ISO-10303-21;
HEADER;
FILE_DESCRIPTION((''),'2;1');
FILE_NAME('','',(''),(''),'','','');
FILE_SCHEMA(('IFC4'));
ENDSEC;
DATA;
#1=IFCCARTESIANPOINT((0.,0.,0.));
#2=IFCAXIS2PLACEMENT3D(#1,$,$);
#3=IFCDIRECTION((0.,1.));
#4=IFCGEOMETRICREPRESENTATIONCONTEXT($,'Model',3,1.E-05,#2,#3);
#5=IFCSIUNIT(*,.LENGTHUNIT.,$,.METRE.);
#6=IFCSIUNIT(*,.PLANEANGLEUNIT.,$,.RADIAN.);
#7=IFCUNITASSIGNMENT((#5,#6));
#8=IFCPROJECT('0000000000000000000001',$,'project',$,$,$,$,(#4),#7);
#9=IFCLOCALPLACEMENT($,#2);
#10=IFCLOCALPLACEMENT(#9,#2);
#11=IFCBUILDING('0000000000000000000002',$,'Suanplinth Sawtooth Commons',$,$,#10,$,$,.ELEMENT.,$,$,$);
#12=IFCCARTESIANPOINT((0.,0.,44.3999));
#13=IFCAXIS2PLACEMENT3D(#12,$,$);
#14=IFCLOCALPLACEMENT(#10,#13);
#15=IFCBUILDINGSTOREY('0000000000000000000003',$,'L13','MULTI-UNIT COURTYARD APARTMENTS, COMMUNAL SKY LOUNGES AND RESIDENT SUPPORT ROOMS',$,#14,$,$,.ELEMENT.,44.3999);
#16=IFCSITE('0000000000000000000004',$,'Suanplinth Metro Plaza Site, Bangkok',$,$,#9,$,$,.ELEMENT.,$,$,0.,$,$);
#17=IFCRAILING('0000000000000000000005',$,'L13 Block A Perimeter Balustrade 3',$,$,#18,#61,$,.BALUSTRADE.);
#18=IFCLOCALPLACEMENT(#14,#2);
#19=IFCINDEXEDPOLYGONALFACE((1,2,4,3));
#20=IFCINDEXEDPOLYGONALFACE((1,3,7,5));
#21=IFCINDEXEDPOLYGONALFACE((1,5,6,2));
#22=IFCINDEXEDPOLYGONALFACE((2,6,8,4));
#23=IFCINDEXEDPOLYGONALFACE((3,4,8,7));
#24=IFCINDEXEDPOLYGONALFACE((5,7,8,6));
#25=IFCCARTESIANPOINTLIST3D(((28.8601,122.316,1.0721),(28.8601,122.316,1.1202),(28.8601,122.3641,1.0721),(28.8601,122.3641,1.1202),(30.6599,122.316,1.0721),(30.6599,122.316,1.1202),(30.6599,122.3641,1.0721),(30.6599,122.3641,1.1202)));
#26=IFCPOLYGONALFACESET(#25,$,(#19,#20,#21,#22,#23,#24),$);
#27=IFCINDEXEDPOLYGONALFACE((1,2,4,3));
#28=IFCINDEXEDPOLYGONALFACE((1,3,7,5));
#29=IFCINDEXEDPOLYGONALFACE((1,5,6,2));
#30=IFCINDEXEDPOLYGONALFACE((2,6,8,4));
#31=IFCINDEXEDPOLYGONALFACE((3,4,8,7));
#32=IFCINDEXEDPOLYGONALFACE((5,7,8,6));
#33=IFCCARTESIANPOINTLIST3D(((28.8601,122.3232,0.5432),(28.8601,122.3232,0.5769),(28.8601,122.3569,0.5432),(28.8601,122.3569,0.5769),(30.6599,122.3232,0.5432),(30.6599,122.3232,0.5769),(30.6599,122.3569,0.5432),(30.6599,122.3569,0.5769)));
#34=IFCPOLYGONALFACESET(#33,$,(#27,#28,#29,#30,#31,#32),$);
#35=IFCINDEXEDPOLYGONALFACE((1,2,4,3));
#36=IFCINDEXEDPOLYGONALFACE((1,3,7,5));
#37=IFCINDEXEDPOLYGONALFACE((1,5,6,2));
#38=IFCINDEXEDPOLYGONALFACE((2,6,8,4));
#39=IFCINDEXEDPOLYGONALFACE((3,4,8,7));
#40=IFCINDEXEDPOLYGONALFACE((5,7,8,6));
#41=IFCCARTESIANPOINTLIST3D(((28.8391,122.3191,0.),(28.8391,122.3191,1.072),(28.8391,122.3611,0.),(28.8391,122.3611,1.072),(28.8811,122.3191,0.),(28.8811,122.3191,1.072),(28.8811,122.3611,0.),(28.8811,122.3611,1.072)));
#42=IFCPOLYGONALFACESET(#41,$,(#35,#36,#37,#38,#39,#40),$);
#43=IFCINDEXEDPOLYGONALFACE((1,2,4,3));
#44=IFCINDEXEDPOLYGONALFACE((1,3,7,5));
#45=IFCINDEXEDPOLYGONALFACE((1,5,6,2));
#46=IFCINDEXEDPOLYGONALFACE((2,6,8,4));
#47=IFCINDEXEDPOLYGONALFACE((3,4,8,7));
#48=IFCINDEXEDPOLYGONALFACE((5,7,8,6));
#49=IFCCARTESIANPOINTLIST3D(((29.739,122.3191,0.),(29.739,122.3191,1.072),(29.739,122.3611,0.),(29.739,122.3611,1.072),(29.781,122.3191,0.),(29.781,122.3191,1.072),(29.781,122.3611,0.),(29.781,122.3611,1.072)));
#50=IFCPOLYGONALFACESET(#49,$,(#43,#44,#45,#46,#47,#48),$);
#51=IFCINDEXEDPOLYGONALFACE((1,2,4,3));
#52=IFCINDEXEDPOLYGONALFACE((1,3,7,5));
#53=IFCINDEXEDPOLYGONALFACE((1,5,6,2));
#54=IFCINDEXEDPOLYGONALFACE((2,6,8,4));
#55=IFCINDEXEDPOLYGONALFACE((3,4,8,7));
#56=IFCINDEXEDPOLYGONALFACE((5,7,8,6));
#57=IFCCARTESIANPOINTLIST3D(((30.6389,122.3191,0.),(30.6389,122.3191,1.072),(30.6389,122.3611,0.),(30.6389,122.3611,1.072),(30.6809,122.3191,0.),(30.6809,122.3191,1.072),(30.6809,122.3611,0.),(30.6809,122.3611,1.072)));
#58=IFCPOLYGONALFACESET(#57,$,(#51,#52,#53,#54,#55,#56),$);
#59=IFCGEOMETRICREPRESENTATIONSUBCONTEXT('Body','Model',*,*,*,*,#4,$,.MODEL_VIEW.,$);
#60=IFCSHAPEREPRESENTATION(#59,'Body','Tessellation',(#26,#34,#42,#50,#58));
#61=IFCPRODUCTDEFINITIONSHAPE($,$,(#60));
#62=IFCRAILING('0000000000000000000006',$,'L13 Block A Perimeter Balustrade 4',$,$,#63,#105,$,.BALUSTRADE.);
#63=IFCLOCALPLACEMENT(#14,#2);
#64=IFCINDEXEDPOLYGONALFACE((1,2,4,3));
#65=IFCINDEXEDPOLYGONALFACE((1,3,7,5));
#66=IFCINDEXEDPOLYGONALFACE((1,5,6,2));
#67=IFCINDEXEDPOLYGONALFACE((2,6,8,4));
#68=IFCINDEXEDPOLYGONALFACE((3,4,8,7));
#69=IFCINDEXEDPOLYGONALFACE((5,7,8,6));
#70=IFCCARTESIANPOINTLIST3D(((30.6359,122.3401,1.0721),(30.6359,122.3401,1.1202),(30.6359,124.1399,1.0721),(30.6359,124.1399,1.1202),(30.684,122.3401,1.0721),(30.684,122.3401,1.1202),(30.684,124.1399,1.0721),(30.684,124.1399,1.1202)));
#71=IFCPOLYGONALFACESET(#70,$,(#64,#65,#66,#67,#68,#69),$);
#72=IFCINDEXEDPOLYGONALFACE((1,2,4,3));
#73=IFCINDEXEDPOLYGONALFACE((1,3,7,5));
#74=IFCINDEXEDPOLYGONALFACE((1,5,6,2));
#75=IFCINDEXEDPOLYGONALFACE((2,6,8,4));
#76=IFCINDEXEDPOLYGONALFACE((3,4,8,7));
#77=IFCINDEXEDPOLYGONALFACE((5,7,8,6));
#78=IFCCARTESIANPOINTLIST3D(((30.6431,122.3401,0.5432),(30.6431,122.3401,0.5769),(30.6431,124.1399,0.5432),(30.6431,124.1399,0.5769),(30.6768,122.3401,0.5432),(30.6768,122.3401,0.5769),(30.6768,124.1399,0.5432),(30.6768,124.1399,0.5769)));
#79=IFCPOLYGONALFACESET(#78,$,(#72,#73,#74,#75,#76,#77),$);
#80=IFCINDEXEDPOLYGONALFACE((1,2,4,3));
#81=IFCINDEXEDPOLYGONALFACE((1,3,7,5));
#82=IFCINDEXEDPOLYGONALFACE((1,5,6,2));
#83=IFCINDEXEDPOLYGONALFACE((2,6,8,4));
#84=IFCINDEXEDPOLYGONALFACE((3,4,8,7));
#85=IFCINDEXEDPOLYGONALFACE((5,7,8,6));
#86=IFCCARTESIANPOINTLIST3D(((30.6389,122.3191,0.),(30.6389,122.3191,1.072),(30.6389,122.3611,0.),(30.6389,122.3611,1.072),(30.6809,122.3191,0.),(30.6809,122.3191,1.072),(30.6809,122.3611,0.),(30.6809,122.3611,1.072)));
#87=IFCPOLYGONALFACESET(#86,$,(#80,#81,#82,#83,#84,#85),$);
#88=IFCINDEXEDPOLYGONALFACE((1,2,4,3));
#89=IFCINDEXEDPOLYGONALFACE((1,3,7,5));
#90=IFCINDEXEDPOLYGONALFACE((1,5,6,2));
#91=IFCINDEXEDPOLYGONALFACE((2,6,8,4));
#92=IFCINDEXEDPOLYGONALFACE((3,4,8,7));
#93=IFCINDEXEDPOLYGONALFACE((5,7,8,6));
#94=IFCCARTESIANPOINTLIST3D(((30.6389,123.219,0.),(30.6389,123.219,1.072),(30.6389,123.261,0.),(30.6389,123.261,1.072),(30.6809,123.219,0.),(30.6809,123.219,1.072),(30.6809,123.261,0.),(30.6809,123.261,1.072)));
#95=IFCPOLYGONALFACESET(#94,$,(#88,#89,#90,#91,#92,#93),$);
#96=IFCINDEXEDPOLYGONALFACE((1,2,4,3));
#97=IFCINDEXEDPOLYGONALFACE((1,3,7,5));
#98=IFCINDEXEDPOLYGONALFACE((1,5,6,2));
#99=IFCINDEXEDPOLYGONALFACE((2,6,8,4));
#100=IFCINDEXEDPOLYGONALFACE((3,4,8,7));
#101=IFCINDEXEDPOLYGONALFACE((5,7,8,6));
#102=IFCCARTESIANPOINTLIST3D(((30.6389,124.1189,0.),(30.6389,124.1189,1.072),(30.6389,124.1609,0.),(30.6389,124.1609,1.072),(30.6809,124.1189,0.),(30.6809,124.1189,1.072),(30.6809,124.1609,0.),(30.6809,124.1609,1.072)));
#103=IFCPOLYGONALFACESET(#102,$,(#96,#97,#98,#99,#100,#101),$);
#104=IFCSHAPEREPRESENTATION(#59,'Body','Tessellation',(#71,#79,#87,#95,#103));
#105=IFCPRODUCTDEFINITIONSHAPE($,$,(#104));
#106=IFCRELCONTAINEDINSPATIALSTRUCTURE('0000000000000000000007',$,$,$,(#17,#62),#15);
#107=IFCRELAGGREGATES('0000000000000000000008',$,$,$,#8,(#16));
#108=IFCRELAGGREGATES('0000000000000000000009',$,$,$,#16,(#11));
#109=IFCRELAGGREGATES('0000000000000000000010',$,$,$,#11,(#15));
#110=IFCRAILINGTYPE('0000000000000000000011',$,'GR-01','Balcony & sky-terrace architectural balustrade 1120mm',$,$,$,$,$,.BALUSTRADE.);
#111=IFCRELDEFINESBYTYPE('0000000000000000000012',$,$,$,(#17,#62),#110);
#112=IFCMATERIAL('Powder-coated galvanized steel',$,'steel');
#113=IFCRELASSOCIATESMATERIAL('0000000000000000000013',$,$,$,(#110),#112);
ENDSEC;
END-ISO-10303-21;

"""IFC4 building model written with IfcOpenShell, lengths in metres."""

from ifc_helpers import new_model, si_unit, direction, frame, origin, origin_2d, place, context, subcontext, project, spatial, rectangle, extrude, material, type_object, element, save


model = new_model("IFC4")

# Units and contexts
model_context = context("Model", 3, precision=1e-05, world=origin(), true_north=direction((0.0, 1.0)))
body_context = subcontext(model_context, "Body", "Model", "MODEL_VIEW")
ifc_project = project(units=[si_unit("LENGTHUNIT", "METRE"), si_unit("PLANEANGLEUNIT", "RADIAN")], contexts=[model_context])

# Site, building, storey
site_placement = place(None, origin())
site = spatial("IfcSite", under=ifc_project, at=site_placement, Name="Suanplinth Metro Plaza Site, Bangkok", CompositionType="ELEMENT", RefElevation=0.0)
building_placement = place(site_placement, origin())
building = spatial("IfcBuilding", under=site, at=building_placement, Name="Suanplinth Sawtooth Commons", CompositionType="ELEMENT")
storey_placement = place(building_placement, frame((0.0, 0.0, 44.3999)))
storey = spatial("IfcBuildingStorey", under=building, at=storey_placement, Name="L13", Description="MULTI-UNIT COURTYARD APARTMENTS, COMMUNAL SKY LOUNGES AND RESIDENT SUPPORT ROOMS", CompositionType="ELEMENT", Elevation=44.3999)

# Railings
ifc_material_1 = material(Name="Powder-coated galvanized steel", Category="steel")
railing_type = type_object("IfcRailingType", Name="GR-01", Description="Balcony & sky-terrace architectural balustrade 1120mm", PredefinedType="BALUSTRADE", material=ifc_material_1)
railing_1_placement = place(storey_placement, frame((28.8601, 122.3401, 0.0)))
element("IfcRailing", 1, at=railing_1_placement, inside=storey, type_object=railing_type, Name="L13 Block A Perimeter Balustrade 3", PredefinedType="BALUSTRADE", context=body_context, shape_type="SweptSolid", body=[
    extrude(rectangle(XDim=0.0481, YDim=0.0481, at=origin_2d()), frame((0.0, 0.0, 1.0962), z_axis=(1.0, 0.0, 0.0), x_axis=(0.0, 1.0, 0.0)), (0.0, 0.0, 1.0), 1.7998),
    extrude(rectangle(XDim=0.0337, YDim=0.0337, at=origin_2d()), frame((0.0, 0.0, 0.5601), z_axis=(1.0, 0.0, 0.0), x_axis=(0.0, 1.0, 0.0)), (0.0, 0.0, 1.0), 1.7998),
    extrude(rectangle(XDim=0.042, YDim=0.042, at=origin_2d()), origin(), (0.0, 0.0, 1.0), 1.072),
    extrude(rectangle(XDim=0.042, YDim=0.042, at=origin_2d()), frame((0.8999, 0.0, 0.0)), (0.0, 0.0, 1.0), 1.072),
    extrude(rectangle(XDim=0.042, YDim=0.042, at=origin_2d()), frame((1.7998, 0.0, 0.0)), (0.0, 0.0, 1.0), 1.072),
])
railing_2_placement = place(storey_placement, frame((30.6599, 122.3401, 0.0)))
element("IfcRailing", 2, at=railing_2_placement, inside=storey, type_object=railing_type, Name="L13 Block A Perimeter Balustrade 4", PredefinedType="BALUSTRADE", context=body_context, shape_type="SweptSolid", body=[
    extrude(rectangle(XDim=0.0481, YDim=0.0481, at=origin_2d()), frame((0.0, 0.0, 1.0962), z_axis=(0.0, 1.0, 0.0), x_axis=(-1.0, 0.0, 0.0)), (0.0, 0.0, 1.0), 1.7998),
    extrude(rectangle(XDim=0.0337, YDim=0.0337, at=origin_2d()), frame((0.0, 0.0, 0.5601), z_axis=(0.0, 1.0, 0.0), x_axis=(-1.0, 0.0, 0.0)), (0.0, 0.0, 1.0), 1.7998),
    extrude(rectangle(XDim=0.042, YDim=0.042, at=origin_2d()), origin(), (0.0, 0.0, 1.0), 1.072),
    extrude(rectangle(XDim=0.042, YDim=0.042, at=origin_2d()), frame((0.0, 0.8999, 0.0)), (0.0, 0.0, 1.0), 1.072),
    extrude(rectangle(XDim=0.042, YDim=0.042, at=origin_2d()), frame((0.0, 1.7998, 0.0)), (0.0, 0.0, 1.0), 1.072),
])

save(model, "model.ifc")
